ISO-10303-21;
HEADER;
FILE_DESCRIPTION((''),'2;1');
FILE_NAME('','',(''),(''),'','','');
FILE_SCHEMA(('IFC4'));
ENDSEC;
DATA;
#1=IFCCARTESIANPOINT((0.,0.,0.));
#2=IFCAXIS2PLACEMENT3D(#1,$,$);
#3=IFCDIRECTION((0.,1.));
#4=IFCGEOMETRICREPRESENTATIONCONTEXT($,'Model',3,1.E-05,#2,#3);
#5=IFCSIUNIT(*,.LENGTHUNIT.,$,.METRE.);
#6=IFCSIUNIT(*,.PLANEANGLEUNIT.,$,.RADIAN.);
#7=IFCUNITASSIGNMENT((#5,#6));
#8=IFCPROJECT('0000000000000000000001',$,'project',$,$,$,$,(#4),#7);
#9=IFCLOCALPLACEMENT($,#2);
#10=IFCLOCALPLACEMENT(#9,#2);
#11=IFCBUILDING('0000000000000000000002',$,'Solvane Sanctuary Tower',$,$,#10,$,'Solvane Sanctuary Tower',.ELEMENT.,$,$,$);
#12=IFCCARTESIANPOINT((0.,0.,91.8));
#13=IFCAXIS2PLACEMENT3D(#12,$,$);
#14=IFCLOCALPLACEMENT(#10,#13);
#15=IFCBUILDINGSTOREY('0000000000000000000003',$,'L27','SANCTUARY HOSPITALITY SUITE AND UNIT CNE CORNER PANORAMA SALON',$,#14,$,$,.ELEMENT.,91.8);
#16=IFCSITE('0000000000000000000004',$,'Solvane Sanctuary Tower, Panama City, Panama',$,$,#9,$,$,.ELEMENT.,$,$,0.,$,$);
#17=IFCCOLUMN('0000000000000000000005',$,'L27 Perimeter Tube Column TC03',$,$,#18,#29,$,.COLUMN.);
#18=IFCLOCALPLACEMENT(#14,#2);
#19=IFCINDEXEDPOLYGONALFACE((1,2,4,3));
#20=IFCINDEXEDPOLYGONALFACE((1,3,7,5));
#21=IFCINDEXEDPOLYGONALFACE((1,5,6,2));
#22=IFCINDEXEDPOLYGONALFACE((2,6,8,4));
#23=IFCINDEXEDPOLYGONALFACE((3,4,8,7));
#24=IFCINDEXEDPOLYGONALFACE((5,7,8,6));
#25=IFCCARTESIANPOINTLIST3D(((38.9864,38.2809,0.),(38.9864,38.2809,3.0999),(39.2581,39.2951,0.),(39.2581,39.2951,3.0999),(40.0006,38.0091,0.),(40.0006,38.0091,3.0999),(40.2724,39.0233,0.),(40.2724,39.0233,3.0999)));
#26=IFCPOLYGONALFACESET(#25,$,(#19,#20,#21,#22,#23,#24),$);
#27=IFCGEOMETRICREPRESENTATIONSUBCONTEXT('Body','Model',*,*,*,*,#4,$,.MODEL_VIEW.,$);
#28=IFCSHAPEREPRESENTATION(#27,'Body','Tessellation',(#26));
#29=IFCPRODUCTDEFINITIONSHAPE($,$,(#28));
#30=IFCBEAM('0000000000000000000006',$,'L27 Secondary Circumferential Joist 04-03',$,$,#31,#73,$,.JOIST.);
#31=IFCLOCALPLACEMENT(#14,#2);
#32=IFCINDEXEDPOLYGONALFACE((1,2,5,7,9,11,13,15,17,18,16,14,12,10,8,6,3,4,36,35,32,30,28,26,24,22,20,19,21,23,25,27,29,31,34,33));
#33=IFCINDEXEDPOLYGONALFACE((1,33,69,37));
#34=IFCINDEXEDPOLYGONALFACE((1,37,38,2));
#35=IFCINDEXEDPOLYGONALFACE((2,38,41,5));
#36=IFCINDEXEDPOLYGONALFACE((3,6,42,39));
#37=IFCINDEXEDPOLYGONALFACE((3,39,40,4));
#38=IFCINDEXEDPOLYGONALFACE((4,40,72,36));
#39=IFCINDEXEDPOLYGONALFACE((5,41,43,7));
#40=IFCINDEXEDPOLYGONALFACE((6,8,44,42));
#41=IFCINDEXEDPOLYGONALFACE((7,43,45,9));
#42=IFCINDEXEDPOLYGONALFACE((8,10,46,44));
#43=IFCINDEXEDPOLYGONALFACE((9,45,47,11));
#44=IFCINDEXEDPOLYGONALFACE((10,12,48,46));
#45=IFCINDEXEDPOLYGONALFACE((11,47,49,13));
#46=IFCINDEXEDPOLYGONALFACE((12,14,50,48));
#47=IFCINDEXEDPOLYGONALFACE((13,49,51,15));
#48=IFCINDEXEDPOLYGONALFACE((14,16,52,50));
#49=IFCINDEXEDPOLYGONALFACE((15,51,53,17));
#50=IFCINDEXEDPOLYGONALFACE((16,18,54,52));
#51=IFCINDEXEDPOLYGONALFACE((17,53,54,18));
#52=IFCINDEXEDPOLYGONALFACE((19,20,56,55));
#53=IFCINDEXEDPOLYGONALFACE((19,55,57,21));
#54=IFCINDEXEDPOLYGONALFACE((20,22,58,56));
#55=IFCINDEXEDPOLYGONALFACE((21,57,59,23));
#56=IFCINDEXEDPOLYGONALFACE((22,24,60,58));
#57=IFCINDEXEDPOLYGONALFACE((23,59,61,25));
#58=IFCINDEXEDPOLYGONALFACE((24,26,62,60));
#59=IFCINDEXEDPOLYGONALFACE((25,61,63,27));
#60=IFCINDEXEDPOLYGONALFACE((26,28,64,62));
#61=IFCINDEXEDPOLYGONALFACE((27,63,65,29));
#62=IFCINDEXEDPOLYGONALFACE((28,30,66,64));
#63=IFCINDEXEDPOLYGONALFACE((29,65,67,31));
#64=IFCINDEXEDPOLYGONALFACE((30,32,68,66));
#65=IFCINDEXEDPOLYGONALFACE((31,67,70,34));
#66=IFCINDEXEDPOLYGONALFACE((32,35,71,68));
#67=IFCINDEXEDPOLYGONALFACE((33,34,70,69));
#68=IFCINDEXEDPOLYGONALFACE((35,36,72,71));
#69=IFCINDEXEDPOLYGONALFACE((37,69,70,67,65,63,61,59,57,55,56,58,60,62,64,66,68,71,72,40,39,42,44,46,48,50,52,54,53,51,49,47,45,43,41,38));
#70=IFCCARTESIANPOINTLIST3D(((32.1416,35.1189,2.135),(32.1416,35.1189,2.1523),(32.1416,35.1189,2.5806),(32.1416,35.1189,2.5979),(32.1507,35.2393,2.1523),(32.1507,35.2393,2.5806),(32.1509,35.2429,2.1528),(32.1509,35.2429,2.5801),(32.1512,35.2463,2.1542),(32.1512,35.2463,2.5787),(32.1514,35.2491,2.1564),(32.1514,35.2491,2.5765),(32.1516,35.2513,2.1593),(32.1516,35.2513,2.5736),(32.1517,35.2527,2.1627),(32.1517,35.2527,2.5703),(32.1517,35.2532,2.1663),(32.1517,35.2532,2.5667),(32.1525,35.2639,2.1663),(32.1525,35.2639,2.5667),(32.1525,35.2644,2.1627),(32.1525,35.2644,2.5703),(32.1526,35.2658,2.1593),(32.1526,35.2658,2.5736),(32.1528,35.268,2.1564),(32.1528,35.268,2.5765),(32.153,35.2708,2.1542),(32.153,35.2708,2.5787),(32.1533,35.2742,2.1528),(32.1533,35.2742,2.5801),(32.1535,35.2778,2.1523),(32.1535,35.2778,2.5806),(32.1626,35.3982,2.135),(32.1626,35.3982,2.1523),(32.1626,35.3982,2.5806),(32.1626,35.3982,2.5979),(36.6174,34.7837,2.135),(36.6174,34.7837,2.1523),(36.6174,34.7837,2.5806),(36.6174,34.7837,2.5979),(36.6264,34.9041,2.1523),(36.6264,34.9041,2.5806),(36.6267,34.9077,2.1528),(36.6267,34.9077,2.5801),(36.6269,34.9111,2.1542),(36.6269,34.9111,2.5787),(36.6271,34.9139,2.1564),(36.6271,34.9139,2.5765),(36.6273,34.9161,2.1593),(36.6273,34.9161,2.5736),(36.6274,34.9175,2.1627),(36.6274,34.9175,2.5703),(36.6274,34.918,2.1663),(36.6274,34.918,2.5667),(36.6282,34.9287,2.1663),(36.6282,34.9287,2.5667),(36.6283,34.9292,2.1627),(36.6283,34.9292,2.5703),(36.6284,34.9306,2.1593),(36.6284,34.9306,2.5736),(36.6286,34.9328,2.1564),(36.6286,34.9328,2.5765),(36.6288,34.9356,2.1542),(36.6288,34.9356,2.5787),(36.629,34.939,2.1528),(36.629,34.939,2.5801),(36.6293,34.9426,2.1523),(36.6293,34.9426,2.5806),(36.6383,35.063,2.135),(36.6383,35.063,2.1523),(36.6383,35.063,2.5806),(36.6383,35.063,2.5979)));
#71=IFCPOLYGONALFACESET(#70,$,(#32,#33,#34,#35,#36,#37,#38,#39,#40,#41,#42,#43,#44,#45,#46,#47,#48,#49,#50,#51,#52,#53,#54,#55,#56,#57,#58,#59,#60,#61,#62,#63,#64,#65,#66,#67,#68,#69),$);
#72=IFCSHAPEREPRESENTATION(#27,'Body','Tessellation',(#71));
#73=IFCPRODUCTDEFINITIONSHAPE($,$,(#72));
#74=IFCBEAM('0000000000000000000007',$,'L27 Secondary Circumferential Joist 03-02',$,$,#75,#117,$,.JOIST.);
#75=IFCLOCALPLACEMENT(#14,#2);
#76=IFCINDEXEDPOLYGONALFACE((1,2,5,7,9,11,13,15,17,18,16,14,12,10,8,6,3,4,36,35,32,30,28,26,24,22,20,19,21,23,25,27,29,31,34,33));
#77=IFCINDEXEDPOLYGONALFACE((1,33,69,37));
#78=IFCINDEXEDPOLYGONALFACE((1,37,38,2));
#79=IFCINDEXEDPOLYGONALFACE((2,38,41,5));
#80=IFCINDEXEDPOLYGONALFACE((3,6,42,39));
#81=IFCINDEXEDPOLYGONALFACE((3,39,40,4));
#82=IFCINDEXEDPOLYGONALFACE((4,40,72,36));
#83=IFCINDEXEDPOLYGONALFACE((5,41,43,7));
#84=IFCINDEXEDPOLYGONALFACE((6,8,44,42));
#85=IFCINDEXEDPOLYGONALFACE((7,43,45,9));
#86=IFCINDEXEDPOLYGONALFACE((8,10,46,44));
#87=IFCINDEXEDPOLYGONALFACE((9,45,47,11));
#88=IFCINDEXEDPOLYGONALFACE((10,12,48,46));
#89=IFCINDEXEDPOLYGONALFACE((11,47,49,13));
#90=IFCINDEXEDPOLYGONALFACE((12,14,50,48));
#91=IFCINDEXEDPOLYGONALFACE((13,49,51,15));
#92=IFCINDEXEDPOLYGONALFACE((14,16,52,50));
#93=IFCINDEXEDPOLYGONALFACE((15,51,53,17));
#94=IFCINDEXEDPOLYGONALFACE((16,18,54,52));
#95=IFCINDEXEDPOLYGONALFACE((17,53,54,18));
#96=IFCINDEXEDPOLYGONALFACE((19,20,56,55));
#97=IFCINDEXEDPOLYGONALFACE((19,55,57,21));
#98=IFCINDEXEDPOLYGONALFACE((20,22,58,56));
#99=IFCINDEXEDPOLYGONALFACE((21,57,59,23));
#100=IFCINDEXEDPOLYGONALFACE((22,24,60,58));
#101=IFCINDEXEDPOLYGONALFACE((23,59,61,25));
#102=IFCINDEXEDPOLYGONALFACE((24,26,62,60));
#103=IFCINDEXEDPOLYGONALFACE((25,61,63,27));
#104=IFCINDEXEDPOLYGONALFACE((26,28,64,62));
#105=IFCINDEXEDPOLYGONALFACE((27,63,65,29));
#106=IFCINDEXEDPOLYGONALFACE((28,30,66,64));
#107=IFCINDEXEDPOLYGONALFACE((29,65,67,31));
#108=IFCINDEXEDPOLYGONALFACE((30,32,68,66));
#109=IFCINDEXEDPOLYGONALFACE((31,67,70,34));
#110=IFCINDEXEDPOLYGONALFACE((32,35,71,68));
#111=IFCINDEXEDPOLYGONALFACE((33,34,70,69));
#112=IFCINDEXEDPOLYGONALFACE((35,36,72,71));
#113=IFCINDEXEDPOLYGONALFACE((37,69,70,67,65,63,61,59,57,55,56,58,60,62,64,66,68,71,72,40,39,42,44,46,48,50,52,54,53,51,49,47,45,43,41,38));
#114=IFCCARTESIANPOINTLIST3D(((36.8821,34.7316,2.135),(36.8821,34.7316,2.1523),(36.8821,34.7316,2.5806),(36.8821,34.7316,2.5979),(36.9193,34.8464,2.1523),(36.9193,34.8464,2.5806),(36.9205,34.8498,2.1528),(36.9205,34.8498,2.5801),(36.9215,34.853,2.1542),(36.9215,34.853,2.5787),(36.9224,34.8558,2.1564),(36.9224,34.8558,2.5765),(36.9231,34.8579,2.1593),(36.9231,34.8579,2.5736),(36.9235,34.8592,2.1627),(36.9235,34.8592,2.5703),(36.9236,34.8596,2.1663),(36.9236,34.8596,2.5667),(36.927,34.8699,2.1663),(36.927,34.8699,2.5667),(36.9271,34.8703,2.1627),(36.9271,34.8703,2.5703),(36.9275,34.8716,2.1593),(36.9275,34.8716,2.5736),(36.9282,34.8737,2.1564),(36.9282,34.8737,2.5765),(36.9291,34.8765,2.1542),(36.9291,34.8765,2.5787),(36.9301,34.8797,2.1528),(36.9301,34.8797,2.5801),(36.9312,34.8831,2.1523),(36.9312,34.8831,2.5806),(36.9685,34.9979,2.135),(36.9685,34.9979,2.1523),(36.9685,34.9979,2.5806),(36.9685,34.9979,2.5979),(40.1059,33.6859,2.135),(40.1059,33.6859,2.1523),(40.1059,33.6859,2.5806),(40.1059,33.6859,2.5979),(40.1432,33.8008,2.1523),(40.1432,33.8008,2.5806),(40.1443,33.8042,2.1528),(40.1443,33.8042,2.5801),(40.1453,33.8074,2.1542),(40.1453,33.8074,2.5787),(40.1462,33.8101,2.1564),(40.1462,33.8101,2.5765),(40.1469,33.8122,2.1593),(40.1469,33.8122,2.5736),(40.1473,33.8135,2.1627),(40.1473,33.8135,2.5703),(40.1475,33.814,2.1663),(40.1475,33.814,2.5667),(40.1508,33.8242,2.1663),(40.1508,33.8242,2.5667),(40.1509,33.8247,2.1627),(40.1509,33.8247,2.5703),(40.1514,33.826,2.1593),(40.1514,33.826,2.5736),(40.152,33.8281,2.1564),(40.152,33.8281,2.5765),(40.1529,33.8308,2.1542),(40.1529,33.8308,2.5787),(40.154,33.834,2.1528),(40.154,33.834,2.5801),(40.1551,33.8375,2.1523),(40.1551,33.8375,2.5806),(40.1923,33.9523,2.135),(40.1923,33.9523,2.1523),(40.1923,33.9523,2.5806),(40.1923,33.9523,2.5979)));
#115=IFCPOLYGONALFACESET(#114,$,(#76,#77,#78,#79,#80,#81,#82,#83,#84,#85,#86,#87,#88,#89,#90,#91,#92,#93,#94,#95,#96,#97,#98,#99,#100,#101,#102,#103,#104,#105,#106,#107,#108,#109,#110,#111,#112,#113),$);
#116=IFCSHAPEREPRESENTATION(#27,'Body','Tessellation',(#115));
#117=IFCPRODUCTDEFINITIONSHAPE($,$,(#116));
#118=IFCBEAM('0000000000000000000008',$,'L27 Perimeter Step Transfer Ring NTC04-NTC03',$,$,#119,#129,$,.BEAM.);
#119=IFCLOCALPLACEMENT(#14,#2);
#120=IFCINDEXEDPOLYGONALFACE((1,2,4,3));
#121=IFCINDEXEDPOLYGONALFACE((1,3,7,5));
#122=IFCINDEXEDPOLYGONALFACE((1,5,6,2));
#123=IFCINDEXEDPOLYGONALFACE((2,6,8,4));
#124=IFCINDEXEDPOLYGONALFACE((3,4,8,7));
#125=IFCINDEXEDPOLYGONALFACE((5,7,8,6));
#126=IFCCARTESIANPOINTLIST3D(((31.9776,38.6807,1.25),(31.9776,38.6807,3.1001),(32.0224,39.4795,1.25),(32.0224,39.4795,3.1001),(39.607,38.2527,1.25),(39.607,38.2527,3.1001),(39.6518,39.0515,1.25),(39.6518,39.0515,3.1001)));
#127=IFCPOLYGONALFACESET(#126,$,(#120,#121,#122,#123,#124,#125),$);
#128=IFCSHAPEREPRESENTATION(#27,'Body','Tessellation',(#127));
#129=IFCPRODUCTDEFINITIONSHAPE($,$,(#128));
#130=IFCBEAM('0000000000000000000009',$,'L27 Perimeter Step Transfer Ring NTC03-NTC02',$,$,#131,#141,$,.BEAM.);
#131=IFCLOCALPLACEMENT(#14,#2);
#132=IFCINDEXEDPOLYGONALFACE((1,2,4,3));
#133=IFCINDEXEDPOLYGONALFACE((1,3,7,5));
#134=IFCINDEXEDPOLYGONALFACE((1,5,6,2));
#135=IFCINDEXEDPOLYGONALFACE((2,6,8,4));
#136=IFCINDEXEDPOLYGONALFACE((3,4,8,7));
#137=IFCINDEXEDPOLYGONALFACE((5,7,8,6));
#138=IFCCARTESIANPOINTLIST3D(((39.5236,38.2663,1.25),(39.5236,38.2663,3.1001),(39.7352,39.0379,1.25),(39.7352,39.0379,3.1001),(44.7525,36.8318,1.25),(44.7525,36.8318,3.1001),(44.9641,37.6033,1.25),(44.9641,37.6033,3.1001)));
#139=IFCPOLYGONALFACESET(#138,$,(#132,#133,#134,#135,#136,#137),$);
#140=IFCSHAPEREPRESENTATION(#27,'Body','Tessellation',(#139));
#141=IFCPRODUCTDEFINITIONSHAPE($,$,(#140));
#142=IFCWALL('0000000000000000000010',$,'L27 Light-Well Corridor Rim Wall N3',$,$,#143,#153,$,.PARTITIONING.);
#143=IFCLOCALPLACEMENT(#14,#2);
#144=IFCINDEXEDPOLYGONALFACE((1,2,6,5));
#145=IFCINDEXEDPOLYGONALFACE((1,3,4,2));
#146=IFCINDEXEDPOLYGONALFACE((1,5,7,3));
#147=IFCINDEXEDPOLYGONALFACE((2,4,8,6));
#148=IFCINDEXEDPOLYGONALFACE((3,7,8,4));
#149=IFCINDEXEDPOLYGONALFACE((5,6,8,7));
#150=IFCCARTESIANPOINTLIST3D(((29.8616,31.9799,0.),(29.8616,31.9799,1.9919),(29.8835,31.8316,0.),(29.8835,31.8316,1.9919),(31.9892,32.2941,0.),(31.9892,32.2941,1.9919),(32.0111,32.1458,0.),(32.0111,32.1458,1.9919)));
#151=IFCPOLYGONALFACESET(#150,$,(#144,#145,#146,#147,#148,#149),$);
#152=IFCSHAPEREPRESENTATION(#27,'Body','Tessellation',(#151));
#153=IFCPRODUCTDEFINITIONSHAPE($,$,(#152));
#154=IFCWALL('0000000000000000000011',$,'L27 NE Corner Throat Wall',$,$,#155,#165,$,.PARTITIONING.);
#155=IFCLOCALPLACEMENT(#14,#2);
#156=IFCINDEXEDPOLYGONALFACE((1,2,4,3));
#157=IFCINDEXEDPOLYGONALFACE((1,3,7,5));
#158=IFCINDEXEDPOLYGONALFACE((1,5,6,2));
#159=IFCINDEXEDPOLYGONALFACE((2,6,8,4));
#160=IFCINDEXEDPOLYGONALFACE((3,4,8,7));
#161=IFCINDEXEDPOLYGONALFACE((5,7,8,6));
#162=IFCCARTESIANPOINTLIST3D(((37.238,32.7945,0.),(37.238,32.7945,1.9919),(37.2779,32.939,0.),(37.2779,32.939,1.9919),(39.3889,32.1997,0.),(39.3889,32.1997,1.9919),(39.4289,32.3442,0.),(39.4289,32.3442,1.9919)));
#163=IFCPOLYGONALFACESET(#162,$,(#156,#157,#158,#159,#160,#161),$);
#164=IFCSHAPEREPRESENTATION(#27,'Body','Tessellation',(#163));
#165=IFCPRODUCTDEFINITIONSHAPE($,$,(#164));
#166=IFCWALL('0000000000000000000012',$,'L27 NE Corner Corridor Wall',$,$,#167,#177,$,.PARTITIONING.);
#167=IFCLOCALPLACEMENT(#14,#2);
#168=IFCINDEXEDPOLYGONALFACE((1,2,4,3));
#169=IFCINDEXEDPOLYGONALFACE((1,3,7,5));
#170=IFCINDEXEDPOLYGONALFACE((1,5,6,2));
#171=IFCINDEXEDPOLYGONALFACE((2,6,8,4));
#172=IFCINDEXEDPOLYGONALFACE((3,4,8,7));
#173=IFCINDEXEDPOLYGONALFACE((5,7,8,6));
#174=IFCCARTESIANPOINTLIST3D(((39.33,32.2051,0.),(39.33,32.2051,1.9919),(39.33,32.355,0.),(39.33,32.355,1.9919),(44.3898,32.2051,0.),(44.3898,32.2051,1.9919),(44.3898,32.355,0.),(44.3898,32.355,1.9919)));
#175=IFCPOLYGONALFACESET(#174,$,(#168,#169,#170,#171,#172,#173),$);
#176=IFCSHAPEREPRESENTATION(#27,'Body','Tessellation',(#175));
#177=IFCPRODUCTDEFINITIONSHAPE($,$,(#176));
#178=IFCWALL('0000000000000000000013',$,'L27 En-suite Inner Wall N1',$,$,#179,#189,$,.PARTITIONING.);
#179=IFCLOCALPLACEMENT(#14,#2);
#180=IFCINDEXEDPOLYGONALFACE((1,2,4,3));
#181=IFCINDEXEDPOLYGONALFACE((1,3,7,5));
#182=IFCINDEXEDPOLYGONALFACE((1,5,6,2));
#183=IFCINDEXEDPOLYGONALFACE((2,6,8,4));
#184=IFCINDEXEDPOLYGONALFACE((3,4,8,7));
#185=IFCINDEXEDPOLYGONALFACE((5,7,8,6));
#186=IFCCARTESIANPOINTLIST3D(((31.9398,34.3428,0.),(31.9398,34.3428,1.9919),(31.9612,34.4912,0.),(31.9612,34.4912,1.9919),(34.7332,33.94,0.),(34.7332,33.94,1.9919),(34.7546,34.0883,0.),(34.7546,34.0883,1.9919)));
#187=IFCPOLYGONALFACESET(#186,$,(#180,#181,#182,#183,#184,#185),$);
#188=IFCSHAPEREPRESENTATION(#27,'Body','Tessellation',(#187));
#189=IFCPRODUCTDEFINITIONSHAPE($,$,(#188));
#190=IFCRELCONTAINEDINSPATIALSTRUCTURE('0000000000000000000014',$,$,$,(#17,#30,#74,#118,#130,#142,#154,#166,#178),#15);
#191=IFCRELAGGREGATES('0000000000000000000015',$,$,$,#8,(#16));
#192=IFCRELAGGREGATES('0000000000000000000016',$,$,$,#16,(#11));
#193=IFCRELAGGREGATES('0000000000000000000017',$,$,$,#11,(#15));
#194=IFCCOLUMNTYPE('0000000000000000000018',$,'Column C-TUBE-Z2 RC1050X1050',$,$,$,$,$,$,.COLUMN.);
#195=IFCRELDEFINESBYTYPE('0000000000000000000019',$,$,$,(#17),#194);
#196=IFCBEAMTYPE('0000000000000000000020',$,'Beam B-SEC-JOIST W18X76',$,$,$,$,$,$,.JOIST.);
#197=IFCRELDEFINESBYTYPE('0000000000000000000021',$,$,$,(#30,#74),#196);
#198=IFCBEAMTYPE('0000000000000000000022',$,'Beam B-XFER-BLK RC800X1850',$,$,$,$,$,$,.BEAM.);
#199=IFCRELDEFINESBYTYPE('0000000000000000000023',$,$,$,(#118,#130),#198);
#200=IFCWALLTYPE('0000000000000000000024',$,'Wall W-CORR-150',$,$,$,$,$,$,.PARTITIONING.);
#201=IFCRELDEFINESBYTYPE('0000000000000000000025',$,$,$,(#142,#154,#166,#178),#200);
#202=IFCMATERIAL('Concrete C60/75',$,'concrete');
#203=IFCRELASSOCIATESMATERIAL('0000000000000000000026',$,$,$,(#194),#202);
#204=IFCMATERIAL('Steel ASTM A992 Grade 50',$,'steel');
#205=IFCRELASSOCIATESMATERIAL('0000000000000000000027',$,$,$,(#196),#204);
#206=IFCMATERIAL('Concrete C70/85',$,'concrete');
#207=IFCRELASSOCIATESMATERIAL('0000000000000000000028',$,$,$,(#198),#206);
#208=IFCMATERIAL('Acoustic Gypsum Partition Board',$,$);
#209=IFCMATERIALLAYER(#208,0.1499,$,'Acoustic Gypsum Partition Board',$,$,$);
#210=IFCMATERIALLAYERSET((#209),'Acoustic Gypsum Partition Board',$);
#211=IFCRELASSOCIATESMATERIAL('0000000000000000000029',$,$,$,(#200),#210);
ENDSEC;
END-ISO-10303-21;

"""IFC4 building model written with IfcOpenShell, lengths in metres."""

from ifc_helpers import new_model, si_unit, direction, frame, frame_2d, origin, origin_2d, place, context, subcontext, project, spatial, rectangle, i_section, extrude, material, layer, layer_set, material_profile, profile_set, type_object, element, save


model = new_model("IFC4")

# Units and contexts
model_context = context("Model", 3, precision=1e-05, world=origin(), true_north=direction((0.0, 1.0)))
body_context = subcontext(model_context, "Body", "Model", "MODEL_VIEW")
ifc_project = project(units=[si_unit("LENGTHUNIT", "METRE"), si_unit("PLANEANGLEUNIT", "RADIAN")], contexts=[model_context])

# Site, building, storey
site_placement = place(None, origin())
site = spatial("IfcSite", under=ifc_project, at=site_placement, Name="Solvane Sanctuary Tower, Panama City, Panama", CompositionType="ELEMENT", RefElevation=0.0)
building_placement = place(site_placement, origin())
building = spatial("IfcBuilding", under=site, at=building_placement, Name="Solvane Sanctuary Tower", LongName="Solvane Sanctuary Tower", CompositionType="ELEMENT")
storey_placement = place(building_placement, frame((0.0, 0.0, 91.8)))
storey = spatial("IfcBuildingStorey", under=building, at=storey_placement, Name="L27", Description="SANCTUARY HOSPITALITY SUITE AND UNIT CNE CORNER PANORAMA SALON", CompositionType="ELEMENT", Elevation=91.8)

# Column
ifc_material_1 = material(Name="Concrete C60/75", Category="concrete")
ifc_material_profile_1 = material_profile(ifc_material_1, rectangle(XDim=1.05, YDim=1.05, at=origin_2d()), Name="RC1050X1050")
ifc_profile_set_1 = profile_set([ifc_material_profile_1], Name="Concrete C60/75")
column_type = type_object("IfcColumnType", Name="Column C-TUBE-Z2 RC1050X1050", PredefinedType="COLUMN", material=ifc_profile_set_1)
column_placement = place(storey_placement, frame((39.6294, 38.6521, 0.0), z_axis=(0.0, 0.0, 1.0), x_axis=(0.258819, 0.965926, 0.0)))
element("IfcColumn", 1, at=column_placement, inside=storey, type_object=column_type, Name="L27 Perimeter Tube Column TC03", PredefinedType="COLUMN", context=body_context, shape_type="SweptSolid", body=[
    extrude(rectangle(XDim=1.05, YDim=1.05, at=origin_2d()), origin(), (0.0, 0.0, 1.0), 3.0999),
])

# Beams
ifc_material_2 = material(Name="Steel ASTM A992 Grade 50", Category="steel")
ifc_material_profile_2 = material_profile(ifc_material_2, i_section(OverallWidth=0.28, OverallDepth=0.4629, WebThickness=0.0107, FlangeThickness=0.0173, FilletRadius=0.0139, at=origin_2d()), Name="W18X76")
ifc_profile_set_2 = profile_set([ifc_material_profile_2], Name="Steel ASTM A992 Grade 50")
beam_type_1 = type_object("IfcBeamType", Name="Beam B-SEC-JOIST W18X76", PredefinedType="JOIST", material=ifc_profile_set_2)
beam_1_placement = place(storey_placement, frame((32.1521, 35.2585, 2.3665), z_axis=(0.997207, -0.074683, 0.0), x_axis=(0.074683, 0.997207, 0.0)))
element("IfcBeam", 2, at=beam_1_placement, inside=storey, type_object=beam_type_1, Name="L27 Secondary Circumferential Joist 04-03", PredefinedType="JOIST", context=body_context, shape_type="SweptSolid", body=[
    extrude(i_section(OverallWidth=0.28, OverallDepth=0.4629, WebThickness=0.0107, FlangeThickness=0.0173, FilletRadius=0.0139, at=origin_2d()), origin(), (0.0, 0.0, 1.0), 4.4883),
])
beam_2_placement = place(storey_placement, frame((36.9253, 34.8647, 2.3665), z_axis=(0.951217, -0.308524, 0.0), x_axis=(0.308524, 0.951217, 0.0)))
element("IfcBeam", 3, at=beam_2_placement, inside=storey, type_object=beam_type_1, Name="L27 Secondary Circumferential Joist 03-02", PredefinedType="JOIST", context=body_context, shape_type="SweptSolid", body=[
    extrude(i_section(OverallWidth=0.28, OverallDepth=0.4629, WebThickness=0.0107, FlangeThickness=0.0173, FilletRadius=0.0139, at=origin_2d()), origin(), (0.0, 0.0, 1.0), 3.3892),
])
ifc_material_3 = material(Name="Concrete C70/85", Category="concrete")
ifc_material_profile_3 = material_profile(ifc_material_3, rectangle(XDim=0.8, YDim=1.8501, at=origin_2d()), Name="RC800X1850")
ifc_profile_set_3 = profile_set([ifc_material_profile_3], Name="Concrete C70/85")
beam_type_2 = type_object("IfcBeamType", Name="Beam B-XFER-BLK RC800X1850", PredefinedType="BEAM", material=ifc_profile_set_3)
beam_3_placement = place(storey_placement, frame((32.0, 39.0801, 2.175), z_axis=(0.99843, -0.056008, 0.0), x_axis=(0.056008, 0.99843, 0.0)))
element("IfcBeam", 4, at=beam_3_placement, inside=storey, type_object=beam_type_2, Name="L27 Perimeter Step Transfer Ring NTC04-NTC03", PredefinedType="BEAM", context=body_context, shape_type="SweptSolid", body=[
    extrude(rectangle(XDim=0.8, YDim=1.8501, at=origin_2d()), origin(), (0.0, 0.0, 1.0), 7.6414),
])
beam_4_placement = place(storey_placement, frame((39.6294, 38.6521, 2.175), z_axis=(0.964366, -0.264572, 0.0), x_axis=(0.264572, 0.964366, 0.0)))
element("IfcBeam", 5, at=beam_4_placement, inside=storey, type_object=beam_type_2, Name="L27 Perimeter Step Transfer Ring NTC03-NTC02", PredefinedType="BEAM", context=body_context, shape_type="SweptSolid", body=[
    extrude(rectangle(XDim=0.8, YDim=1.8501, at=origin_2d()), origin(), (0.0, 0.0, 1.0), 5.4221),
])

# Walls
ifc_material_4 = material(Name="Acoustic Gypsum Partition Board")
ifc_layer_1 = layer(ifc_material_4, 0.1499, Name="Acoustic Gypsum Partition Board")
ifc_layer_set_1 = layer_set([ifc_layer_1], Name="Acoustic Gypsum Partition Board")
wall_type_1 = type_object("IfcWallType", Name="Wall W-CORR-150", PredefinedType="PARTITIONING", material=ifc_layer_set_1)
wall_1_placement = place(storey_placement, frame((32.0, 32.22, 0.0), z_axis=(0.0, 0.0, 1.0), x_axis=(-0.989269, -0.146108, 0.0)))
element("IfcWall", 6, at=wall_1_placement, inside=storey, type_object=wall_type_1, Name="L27 Light-Well Corridor Rim Wall N3", PredefinedType="PARTITIONING", context=body_context, shape_type="SweptSolid", body=[
    extrude(rectangle(XDim=2.1506, YDim=0.1499, at=frame_2d((1.0752, 0.0))), origin(), (0.0, 0.0, 1.0), 1.9919),
])
wall_2_placement = place(storey_placement, frame((37.2581, 32.8667, 0.0), z_axis=(0.0, 0.0, 1.0), x_axis=(0.963834, -0.266504, 0.0)))
element("IfcWall", 7, at=wall_2_placement, inside=storey, type_object=wall_type_1, Name="L27 NE Corner Throat Wall", PredefinedType="PARTITIONING", context=body_context, shape_type="SweptSolid", body=[
    extrude(rectangle(XDim=2.2317, YDim=0.1499, at=frame_2d((1.1157, 0.0))), origin(), (0.0, 0.0, 1.0), 1.9919),
])
wall_3_placement = place(storey_placement, frame((39.3301, 32.28, 0.0), z_axis=(0.0, 0.0, 1.0), x_axis=(1.0, 0.0, 0.0)))
element("IfcWall", 8, at=wall_3_placement, inside=storey, type_object=wall_type_1, Name="L27 NE Corner Corridor Wall", PredefinedType="PARTITIONING", context=body_context, shape_type="SweptSolid", body=[
    extrude(rectangle(XDim=5.0598, YDim=0.1499, at=frame_2d((2.5298, 0.0))), origin(), (0.0, 0.0, 1.0), 1.9919),
])
wall_4_placement = place(storey_placement, frame((34.7439, 34.0142, 0.0), z_axis=(0.0, 0.0, 1.0), x_axis=(-0.989762, 0.142729, 0.0)))
element("IfcWall", 9, at=wall_4_placement, inside=storey, type_object=wall_type_1, Name="L27 En-suite Inner Wall N1", PredefinedType="PARTITIONING", context=body_context, shape_type="SweptSolid", body=[
    extrude(rectangle(XDim=2.8223, YDim=0.1499, at=frame_2d((1.4111, 0.0))), origin(), (0.0, 0.0, 1.0), 1.9919),
])

save(model, "model.ifc")
